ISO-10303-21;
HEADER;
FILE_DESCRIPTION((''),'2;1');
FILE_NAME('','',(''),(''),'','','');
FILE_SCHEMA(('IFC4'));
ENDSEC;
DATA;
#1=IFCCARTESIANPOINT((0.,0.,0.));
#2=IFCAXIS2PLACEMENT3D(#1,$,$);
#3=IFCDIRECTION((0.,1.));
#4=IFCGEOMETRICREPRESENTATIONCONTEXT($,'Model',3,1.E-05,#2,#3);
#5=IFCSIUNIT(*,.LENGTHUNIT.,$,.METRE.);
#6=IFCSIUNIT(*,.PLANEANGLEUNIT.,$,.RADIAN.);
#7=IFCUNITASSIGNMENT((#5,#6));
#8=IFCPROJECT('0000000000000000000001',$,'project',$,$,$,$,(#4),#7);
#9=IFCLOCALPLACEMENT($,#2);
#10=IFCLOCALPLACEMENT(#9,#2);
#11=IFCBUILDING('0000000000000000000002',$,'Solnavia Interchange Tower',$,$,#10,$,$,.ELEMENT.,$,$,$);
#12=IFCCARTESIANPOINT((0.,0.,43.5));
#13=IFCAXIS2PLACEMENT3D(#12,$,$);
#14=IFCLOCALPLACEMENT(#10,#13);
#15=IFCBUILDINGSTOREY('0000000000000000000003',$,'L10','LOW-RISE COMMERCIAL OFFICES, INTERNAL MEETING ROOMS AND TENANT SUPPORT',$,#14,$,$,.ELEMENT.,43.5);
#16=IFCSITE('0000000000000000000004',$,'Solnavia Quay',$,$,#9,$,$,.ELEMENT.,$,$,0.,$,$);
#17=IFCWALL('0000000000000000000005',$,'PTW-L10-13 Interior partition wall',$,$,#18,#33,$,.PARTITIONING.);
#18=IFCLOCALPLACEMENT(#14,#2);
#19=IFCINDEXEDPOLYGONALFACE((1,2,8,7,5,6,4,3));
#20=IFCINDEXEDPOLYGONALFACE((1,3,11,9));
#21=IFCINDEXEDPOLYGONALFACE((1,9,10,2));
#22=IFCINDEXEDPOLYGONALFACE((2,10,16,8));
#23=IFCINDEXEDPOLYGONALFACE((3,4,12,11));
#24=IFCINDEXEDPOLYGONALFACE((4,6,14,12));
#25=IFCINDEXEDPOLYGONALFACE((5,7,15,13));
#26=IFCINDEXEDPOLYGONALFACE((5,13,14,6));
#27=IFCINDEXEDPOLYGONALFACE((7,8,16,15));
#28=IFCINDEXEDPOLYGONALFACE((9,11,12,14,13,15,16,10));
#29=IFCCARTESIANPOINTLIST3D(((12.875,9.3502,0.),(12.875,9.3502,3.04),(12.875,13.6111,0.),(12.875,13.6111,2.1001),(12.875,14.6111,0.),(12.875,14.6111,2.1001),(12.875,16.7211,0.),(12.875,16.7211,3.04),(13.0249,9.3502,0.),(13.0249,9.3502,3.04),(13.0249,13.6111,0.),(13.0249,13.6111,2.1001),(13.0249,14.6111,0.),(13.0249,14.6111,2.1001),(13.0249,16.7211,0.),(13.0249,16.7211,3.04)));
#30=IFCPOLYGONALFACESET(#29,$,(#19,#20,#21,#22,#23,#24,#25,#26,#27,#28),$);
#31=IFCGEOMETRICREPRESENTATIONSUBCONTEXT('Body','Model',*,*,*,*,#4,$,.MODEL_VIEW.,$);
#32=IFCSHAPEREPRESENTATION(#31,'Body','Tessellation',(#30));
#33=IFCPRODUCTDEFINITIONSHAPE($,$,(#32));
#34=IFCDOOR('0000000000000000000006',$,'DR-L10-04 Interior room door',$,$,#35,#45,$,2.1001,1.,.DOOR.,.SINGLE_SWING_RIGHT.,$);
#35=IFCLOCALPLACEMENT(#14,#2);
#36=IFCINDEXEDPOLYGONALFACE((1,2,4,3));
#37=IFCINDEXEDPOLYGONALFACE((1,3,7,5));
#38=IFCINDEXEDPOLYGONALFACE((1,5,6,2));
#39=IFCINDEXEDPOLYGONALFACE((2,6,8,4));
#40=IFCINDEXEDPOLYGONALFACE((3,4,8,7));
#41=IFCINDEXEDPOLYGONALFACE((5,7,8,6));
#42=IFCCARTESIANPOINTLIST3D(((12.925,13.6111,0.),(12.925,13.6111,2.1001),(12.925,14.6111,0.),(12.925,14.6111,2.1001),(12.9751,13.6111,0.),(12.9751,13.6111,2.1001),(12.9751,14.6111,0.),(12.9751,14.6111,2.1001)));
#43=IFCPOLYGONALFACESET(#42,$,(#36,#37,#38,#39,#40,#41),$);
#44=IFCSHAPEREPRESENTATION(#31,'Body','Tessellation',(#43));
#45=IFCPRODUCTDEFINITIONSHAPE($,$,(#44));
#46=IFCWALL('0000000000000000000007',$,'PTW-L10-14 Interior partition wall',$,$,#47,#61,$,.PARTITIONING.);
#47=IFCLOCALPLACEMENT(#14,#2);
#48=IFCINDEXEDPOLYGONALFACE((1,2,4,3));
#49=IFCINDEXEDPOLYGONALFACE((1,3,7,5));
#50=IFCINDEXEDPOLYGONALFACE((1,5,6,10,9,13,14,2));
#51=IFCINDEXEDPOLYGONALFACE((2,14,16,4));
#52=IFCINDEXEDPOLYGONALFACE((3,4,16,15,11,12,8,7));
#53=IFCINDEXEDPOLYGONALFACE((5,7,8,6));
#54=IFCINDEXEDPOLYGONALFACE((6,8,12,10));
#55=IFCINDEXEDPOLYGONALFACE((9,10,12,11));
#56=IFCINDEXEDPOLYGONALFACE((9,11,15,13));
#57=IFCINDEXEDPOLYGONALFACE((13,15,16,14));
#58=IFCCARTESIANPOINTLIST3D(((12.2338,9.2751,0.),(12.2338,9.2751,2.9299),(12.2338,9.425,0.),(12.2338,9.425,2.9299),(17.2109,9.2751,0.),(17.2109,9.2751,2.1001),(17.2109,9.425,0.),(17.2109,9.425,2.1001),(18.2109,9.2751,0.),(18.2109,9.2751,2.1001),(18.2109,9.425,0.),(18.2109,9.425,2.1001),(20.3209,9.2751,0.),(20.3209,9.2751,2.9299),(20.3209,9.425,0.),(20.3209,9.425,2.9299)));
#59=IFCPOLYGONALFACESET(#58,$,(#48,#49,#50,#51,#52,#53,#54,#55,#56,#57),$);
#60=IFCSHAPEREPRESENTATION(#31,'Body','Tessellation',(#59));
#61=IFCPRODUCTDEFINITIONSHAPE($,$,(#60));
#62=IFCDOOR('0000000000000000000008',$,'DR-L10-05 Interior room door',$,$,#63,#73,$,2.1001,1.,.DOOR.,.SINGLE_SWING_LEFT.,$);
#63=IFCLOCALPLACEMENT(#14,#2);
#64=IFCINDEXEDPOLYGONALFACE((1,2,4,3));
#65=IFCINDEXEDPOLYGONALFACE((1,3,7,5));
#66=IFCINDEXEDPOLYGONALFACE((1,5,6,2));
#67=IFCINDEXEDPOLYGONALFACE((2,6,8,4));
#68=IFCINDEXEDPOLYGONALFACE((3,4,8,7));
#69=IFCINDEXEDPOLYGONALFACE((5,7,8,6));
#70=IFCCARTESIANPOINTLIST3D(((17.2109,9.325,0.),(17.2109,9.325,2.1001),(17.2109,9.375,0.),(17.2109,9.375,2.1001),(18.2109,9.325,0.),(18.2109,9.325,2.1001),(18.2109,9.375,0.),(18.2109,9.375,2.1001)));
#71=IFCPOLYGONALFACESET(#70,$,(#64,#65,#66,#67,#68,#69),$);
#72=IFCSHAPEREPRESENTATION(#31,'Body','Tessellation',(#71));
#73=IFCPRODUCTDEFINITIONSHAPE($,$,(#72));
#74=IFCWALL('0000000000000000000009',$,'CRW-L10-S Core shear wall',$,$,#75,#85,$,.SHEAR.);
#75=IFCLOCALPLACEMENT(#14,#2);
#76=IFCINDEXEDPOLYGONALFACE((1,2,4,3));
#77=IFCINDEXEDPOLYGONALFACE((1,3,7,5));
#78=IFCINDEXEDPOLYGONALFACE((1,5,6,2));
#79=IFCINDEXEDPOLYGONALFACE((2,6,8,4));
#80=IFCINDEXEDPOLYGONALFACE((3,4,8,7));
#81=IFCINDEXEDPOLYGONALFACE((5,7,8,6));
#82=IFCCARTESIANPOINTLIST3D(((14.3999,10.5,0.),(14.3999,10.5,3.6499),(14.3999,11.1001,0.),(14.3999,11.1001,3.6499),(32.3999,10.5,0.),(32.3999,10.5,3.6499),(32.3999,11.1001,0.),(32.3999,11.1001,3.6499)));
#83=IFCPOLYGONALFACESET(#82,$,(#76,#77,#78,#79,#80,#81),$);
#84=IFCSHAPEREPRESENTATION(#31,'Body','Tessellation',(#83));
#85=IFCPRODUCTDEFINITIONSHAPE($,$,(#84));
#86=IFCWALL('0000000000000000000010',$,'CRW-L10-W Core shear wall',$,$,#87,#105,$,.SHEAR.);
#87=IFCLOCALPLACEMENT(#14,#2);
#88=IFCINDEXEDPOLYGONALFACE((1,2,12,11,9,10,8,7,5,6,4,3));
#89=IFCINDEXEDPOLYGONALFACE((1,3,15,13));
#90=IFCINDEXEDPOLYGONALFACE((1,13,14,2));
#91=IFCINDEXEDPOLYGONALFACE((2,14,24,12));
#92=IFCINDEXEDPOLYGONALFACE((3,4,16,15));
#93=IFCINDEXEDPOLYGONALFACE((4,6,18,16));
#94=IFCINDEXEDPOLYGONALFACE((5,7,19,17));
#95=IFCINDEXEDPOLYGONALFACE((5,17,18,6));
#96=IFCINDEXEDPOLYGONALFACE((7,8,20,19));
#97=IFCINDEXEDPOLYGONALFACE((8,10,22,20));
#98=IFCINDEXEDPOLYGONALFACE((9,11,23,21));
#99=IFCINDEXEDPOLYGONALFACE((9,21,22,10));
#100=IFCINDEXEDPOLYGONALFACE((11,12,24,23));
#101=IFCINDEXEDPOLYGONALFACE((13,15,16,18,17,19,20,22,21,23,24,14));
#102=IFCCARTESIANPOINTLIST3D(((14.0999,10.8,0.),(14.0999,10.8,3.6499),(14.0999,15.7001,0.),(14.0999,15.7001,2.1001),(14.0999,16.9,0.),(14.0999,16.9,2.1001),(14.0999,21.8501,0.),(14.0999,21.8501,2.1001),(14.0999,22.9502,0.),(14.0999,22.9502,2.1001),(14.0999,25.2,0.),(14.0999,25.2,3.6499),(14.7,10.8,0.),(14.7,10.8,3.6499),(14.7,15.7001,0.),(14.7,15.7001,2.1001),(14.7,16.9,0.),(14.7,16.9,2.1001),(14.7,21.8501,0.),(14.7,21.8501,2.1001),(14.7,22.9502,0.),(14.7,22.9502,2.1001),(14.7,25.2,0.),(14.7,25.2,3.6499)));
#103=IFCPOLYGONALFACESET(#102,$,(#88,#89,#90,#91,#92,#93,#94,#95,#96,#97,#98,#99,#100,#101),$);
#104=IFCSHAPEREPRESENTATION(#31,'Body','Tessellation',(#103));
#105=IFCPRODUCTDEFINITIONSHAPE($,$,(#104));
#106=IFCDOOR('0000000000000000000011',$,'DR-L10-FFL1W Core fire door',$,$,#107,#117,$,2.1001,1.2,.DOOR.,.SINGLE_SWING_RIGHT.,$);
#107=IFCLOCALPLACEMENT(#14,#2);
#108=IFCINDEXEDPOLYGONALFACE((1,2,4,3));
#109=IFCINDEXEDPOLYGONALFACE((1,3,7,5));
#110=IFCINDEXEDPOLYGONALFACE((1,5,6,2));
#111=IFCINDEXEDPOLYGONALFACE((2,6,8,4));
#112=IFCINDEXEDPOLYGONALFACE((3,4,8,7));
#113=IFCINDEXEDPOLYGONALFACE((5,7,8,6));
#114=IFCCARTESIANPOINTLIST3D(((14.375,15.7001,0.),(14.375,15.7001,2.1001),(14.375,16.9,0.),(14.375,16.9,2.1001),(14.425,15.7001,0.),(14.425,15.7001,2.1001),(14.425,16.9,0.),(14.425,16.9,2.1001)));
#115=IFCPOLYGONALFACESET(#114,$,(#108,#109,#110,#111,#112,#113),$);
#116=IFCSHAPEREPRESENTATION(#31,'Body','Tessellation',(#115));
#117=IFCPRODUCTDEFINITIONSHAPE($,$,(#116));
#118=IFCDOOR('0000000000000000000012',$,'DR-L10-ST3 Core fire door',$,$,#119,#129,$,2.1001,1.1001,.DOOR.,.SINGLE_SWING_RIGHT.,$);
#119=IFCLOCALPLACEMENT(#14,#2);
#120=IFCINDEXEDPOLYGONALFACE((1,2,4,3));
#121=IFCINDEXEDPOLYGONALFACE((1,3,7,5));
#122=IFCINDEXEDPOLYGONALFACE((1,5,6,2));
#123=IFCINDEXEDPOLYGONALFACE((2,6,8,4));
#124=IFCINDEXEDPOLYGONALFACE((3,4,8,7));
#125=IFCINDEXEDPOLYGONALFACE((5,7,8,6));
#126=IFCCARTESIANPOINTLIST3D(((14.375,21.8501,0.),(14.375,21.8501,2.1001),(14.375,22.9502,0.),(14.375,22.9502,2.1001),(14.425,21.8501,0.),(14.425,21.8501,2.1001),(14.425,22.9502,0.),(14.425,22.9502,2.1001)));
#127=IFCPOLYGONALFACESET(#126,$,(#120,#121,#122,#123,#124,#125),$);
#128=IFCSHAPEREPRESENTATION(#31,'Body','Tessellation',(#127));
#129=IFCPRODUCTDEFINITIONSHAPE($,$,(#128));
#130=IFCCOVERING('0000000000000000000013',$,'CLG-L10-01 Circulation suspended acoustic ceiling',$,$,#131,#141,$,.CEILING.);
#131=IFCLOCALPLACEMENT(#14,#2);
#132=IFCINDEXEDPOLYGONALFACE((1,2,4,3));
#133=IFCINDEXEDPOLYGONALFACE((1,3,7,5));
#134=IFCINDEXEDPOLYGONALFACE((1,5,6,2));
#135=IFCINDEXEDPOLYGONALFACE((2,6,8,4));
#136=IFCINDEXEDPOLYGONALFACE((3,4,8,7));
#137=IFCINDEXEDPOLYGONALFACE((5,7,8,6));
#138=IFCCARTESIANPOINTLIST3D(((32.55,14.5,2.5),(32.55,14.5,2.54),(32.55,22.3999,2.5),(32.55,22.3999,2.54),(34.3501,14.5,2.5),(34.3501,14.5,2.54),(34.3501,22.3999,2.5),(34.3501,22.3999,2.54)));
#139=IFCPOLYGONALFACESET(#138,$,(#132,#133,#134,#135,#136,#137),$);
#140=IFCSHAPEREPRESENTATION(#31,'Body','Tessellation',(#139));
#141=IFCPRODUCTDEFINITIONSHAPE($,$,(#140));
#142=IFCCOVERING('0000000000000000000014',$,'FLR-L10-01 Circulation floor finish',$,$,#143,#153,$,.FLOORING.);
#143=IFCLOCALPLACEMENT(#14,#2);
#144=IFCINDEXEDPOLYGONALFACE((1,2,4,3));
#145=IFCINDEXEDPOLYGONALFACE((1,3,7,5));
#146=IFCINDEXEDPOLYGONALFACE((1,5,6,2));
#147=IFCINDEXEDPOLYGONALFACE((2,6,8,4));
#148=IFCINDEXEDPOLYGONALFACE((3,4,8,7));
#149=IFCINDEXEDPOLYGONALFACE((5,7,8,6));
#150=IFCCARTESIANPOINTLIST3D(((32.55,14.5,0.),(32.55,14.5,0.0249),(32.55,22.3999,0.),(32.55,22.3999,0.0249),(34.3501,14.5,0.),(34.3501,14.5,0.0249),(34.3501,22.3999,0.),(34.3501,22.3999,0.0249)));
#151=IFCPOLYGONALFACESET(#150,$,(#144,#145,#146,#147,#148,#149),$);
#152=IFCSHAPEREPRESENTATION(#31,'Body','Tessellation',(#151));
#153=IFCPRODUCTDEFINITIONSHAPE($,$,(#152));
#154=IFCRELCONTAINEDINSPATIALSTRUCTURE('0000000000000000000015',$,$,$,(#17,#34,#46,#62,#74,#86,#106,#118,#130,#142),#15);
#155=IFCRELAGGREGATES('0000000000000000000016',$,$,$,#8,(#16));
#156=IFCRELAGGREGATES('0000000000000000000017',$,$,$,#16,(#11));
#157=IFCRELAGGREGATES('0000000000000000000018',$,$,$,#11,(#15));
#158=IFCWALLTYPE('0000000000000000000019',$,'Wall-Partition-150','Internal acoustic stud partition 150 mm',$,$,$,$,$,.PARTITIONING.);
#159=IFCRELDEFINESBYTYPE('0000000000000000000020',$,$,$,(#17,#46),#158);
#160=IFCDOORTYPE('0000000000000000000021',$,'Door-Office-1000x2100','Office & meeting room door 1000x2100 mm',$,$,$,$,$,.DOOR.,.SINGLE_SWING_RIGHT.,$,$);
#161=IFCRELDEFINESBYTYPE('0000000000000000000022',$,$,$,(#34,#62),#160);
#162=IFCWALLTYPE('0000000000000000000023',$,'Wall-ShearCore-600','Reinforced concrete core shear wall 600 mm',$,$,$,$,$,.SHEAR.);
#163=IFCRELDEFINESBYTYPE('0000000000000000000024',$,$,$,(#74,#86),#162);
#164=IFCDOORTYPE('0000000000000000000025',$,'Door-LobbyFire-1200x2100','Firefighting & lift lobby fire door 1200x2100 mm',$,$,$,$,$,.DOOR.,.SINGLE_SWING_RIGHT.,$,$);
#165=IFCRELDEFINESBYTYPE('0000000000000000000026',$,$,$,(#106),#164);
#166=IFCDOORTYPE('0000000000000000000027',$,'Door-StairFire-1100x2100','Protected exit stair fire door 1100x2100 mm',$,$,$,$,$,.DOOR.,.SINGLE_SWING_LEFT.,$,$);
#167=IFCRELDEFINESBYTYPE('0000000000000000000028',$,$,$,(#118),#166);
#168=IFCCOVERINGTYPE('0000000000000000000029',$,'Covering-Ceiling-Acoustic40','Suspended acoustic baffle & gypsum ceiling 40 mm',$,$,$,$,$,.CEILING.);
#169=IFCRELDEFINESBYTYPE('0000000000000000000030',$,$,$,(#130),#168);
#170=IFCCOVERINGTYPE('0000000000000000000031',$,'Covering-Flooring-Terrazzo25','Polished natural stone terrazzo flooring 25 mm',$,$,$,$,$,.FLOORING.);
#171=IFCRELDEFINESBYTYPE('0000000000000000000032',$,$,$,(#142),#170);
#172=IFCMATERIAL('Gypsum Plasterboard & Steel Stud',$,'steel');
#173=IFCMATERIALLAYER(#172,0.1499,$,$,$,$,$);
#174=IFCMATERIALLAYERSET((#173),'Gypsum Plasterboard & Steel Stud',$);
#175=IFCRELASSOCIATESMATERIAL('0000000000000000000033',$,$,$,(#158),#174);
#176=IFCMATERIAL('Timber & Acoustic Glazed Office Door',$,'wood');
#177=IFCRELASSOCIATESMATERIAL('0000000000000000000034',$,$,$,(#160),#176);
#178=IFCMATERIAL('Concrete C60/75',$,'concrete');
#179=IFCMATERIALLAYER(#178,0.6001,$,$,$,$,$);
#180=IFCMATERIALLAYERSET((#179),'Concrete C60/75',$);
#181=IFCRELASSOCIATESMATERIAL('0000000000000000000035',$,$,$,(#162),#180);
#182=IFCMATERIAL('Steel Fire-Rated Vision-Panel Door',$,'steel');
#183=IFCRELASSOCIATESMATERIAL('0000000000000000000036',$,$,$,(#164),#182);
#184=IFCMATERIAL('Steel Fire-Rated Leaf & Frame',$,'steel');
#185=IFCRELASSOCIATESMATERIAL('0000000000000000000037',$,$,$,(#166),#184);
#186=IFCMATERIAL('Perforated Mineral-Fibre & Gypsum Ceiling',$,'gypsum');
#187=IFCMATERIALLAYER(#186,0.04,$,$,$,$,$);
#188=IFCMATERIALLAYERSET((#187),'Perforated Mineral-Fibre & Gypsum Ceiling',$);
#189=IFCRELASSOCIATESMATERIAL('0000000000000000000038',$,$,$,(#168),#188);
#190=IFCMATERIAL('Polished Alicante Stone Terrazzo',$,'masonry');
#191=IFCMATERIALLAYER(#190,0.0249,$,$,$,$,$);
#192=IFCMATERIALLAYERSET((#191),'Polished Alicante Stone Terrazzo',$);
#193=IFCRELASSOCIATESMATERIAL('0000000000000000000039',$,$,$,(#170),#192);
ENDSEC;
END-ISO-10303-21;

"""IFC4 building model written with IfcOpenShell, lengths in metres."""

from ifc_helpers import new_model, si_unit, direction, frame, frame_2d, origin, place, context, subcontext, project, spatial, polyline, rectangle, outline, extrude, material, layer, layer_set, type_object, element, fill, save


model = new_model("IFC4")

# Units and contexts
model_context = context("Model", 3, precision=1e-05, world=origin(), true_north=direction((0.0, 1.0)))
body_context = subcontext(model_context, "Body", "Model", "MODEL_VIEW")
ifc_project = project(units=[si_unit("LENGTHUNIT", "METRE"), si_unit("PLANEANGLEUNIT", "RADIAN")], contexts=[model_context])

# Site, building, storey
site_placement = place(None, origin())
site = spatial("IfcSite", under=ifc_project, at=site_placement, Name="Solnavia Quay", CompositionType="ELEMENT", RefElevation=0.0)
building_placement = place(site_placement, origin())
building = spatial("IfcBuilding", under=site, at=building_placement, Name="Solnavia Interchange Tower", CompositionType="ELEMENT")
storey_placement = place(building_placement, frame((0.0, 0.0, 43.5)))
storey = spatial("IfcBuildingStorey", under=building, at=storey_placement, Name="L10", Description="LOW-RISE COMMERCIAL OFFICES, INTERNAL MEETING ROOMS AND TENANT SUPPORT", CompositionType="ELEMENT", Elevation=43.5)

# Shared definitions
ifc_material_1 = material(Name="Concrete C60/75", Category="concrete")

# Shared definitions
ifc_material_2 = material(Name="Gypsum Plasterboard & Steel Stud", Category="steel")
ifc_layer_1 = layer(ifc_material_2, 0.1499)
ifc_layer_set_1 = layer_set([ifc_layer_1], Name="Gypsum Plasterboard & Steel Stud")
wall_type_1 = type_object("IfcWallType", Name="Wall-Partition-150", Description="Internal acoustic stud partition 150 mm", PredefinedType="PARTITIONING", material=ifc_layer_set_1)

# Walls, openings, doors
wall_1_placement = place(storey_placement, frame((12.95, 9.3501, 0.0), z_axis=(0.0, 0.0, 1.0), x_axis=(0.0, 1.0, 0.0)))
wall_1 = element("IfcWall", 1, at=wall_1_placement, inside=storey, type_object=wall_type_1, Name="PTW-L10-13 Interior partition wall", PredefinedType="PARTITIONING", context=body_context, shape_type="SweptSolid", body=[
    extrude(rectangle(XDim=7.3708, YDim=0.1499, at=frame_2d((3.6855, 0.0))), origin(), (0.0, 0.0, 1.0), 3.04),
])
opening_1_placement = place(wall_1_placement, frame((4.261, 0.0, 0.0)))
opening_1 = element("IfcOpeningElement", 2, at=opening_1_placement, cuts=wall_1, PredefinedType="OPENING", context=body_context, shape_type="SweptSolid", body=[
    extrude(rectangle(XDim=1.0, YDim=2.1001, at=frame_2d((0.5, 1.05))), frame((0.0, 0.085, 0.0), z_axis=(0.0, -1.0, 0.0), x_axis=(1.0, 0.0, 0.0)), (0.0, 0.0, 1.0), 0.1699),
])
ifc_material_3 = material(Name="Timber & Acoustic Glazed Office Door", Category="wood")
door_type_1 = type_object("IfcDoorType", Name="Door-Office-1000x2100", Description="Office & meeting room door 1000x2100 mm", OperationType="SINGLE_SWING_RIGHT", PredefinedType="DOOR", material=ifc_material_3)
door_1_placement = place(opening_1_placement, origin())
door_1 = element("IfcDoor", 3, at=door_1_placement, inside=storey, type_object=door_type_1, Name="DR-L10-04 Interior room door", OperationType="SINGLE_SWING_RIGHT", OverallHeight=2.1001, OverallWidth=1.0, PredefinedType="DOOR", context=body_context, shape_type="SweptSolid", body=[
    extrude(rectangle(XDim=1.0, YDim=2.1001, at=frame_2d((0.5, 1.05))), frame((0.0, 0.0249, 0.0), z_axis=(0.0, -1.0, 0.0), x_axis=(1.0, 0.0, 0.0)), (0.0, 0.0, 1.0), 0.05),
])
fill(opening_1, door_1)
wall_2_placement = place(storey_placement, frame((12.2339, 9.3501, 0.0), z_axis=(0.0, 0.0, 1.0), x_axis=(1.0, 0.0, 0.0)))
wall_2 = element("IfcWall", 4, at=wall_2_placement, inside=storey, type_object=wall_type_1, Name="PTW-L10-14 Interior partition wall", PredefinedType="PARTITIONING", context=body_context, shape_type="SweptSolid", body=[
    extrude(rectangle(XDim=8.0872, YDim=0.1499, at=frame_2d((4.0435, 0.0))), origin(), (0.0, 0.0, 1.0), 2.9299),
])
opening_2_placement = place(wall_2_placement, frame((4.9771, 0.0, 0.0)))
opening_2 = element("IfcOpeningElement", 5, at=opening_2_placement, cuts=wall_2, PredefinedType="OPENING", context=body_context, shape_type="SweptSolid", body=[
    extrude(rectangle(XDim=1.0, YDim=2.1001, at=frame_2d((0.5, 1.05))), frame((0.0, 0.085, 0.0), z_axis=(0.0, -1.0, 0.0), x_axis=(1.0, 0.0, 0.0)), (0.0, 0.0, 1.0), 0.1699),
])
door_2_placement = place(opening_2_placement, origin())
door_2 = element("IfcDoor", 6, at=door_2_placement, inside=storey, type_object=door_type_1, Name="DR-L10-05 Interior room door", OperationType="SINGLE_SWING_LEFT", OverallHeight=2.1001, OverallWidth=1.0, PredefinedType="DOOR", context=body_context, shape_type="SweptSolid", body=[
    extrude(rectangle(XDim=1.0, YDim=2.1001, at=frame_2d((0.5, 1.05))), frame((0.0, 0.0249, 0.0), z_axis=(0.0, -1.0, 0.0), x_axis=(1.0, 0.0, 0.0)), (0.0, 0.0, 1.0), 0.05),
])
fill(opening_2, door_2)

# Wall
ifc_layer_2 = layer(ifc_material_1, 0.6001)
ifc_layer_set_2 = layer_set([ifc_layer_2], Name="Concrete C60/75")
wall_type_2 = type_object("IfcWallType", Name="Wall-ShearCore-600", Description="Reinforced concrete core shear wall 600 mm", PredefinedType="SHEAR", material=ifc_layer_set_2)
wall_3_placement = place(storey_placement, frame((14.3999, 10.8, 0.0), z_axis=(0.0, 0.0, 1.0), x_axis=(1.0, 0.0, 0.0)))
element("IfcWall", 7, at=wall_3_placement, inside=storey, type_object=wall_type_2, Name="CRW-L10-S Core shear wall", PredefinedType="SHEAR", context=body_context, shape_type="SweptSolid", body=[
    extrude(rectangle(XDim=18.0, YDim=0.6001, at=frame_2d((9.0, 0.0))), origin(), (0.0, 0.0, 1.0), 3.6499),
])

# Wall, openings, doors
wall_4_placement = place(storey_placement, frame((14.3999, 10.8, 0.0), z_axis=(0.0, 0.0, 1.0), x_axis=(0.0, 1.0, 0.0)))
wall_4 = element("IfcWall", 8, at=wall_4_placement, inside=storey, type_object=wall_type_2, Name="CRW-L10-W Core shear wall", PredefinedType="SHEAR", context=body_context, shape_type="SweptSolid", body=[
    extrude(rectangle(XDim=14.3999, YDim=0.6001, at=frame_2d((7.2, 0.0))), origin(), (0.0, 0.0, 1.0), 3.6499),
])
opening_3_placement = place(wall_4_placement, frame((11.05, 0.0, 0.0)))
opening_3 = element("IfcOpeningElement", 9, at=opening_3_placement, cuts=wall_4, PredefinedType="OPENING", context=body_context, shape_type="SweptSolid", body=[
    extrude(rectangle(XDim=1.1001, YDim=2.1001, at=frame_2d((0.55, 1.05))), frame((0.0, 0.3101, 0.0), z_axis=(0.0, -1.0, 0.0), x_axis=(1.0, 0.0, 0.0)), (0.0, 0.0, 1.0), 0.6201),
])
opening_4_placement = place(wall_4_placement, frame((4.8999, 0.0, 0.0)))
opening_4 = element("IfcOpeningElement", 10, at=opening_4_placement, cuts=wall_4, PredefinedType="OPENING", context=body_context, shape_type="SweptSolid", body=[
    extrude(rectangle(XDim=1.2, YDim=2.1001, at=frame_2d((0.6001, 1.05))), frame((0.0, 0.3101, 0.0), z_axis=(0.0, -1.0, 0.0), x_axis=(1.0, 0.0, 0.0)), (0.0, 0.0, 1.0), 0.6201),
])
ifc_material_4 = material(Name="Steel Fire-Rated Vision-Panel Door", Category="steel")
door_type_2 = type_object("IfcDoorType", Name="Door-LobbyFire-1200x2100", Description="Firefighting & lift lobby fire door 1200x2100 mm", OperationType="SINGLE_SWING_RIGHT", PredefinedType="DOOR", material=ifc_material_4)
door_3_placement = place(opening_4_placement, origin())
door_3 = element("IfcDoor", 11, at=door_3_placement, inside=storey, type_object=door_type_2, Name="DR-L10-FFL1W Core fire door", OperationType="SINGLE_SWING_RIGHT", OverallHeight=2.1001, OverallWidth=1.2, PredefinedType="DOOR", context=body_context, shape_type="SweptSolid", body=[
    extrude(rectangle(XDim=1.2, YDim=2.1001, at=frame_2d((0.6001, 1.05))), frame((0.0, 0.0249, 0.0), z_axis=(0.0, -1.0, 0.0), x_axis=(1.0, 0.0, 0.0)), (0.0, 0.0, 1.0), 0.05),
])
fill(opening_4, door_3)
ifc_material_5 = material(Name="Steel Fire-Rated Leaf & Frame", Category="steel")
door_type_3 = type_object("IfcDoorType", Name="Door-StairFire-1100x2100", Description="Protected exit stair fire door 1100x2100 mm", OperationType="SINGLE_SWING_LEFT", PredefinedType="DOOR", material=ifc_material_5)
door_4_placement = place(opening_3_placement, origin())
door_4 = element("IfcDoor", 12, at=door_4_placement, inside=storey, type_object=door_type_3, Name="DR-L10-ST3 Core fire door", OperationType="SINGLE_SWING_RIGHT", OverallHeight=2.1001, OverallWidth=1.1001, PredefinedType="DOOR", context=body_context, shape_type="SweptSolid", body=[
    extrude(rectangle(XDim=1.1001, YDim=2.1001, at=frame_2d((0.55, 1.05))), frame((0.0, 0.0249, 0.0), z_axis=(0.0, -1.0, 0.0), x_axis=(1.0, 0.0, 0.0)), (0.0, 0.0, 1.0), 0.05),
])
fill(opening_3, door_4)

# Coverings
ifc_material_6 = material(Name="Perforated Mineral-Fibre & Gypsum Ceiling", Category="gypsum")
ifc_layer_3 = layer(ifc_material_6, 0.04)
ifc_layer_set_3 = layer_set([ifc_layer_3], Name="Perforated Mineral-Fibre & Gypsum Ceiling")
covering_type_1 = type_object("IfcCoveringType", Name="Covering-Ceiling-Acoustic40", Description="Suspended acoustic baffle & gypsum ceiling 40 mm", PredefinedType="CEILING", material=ifc_layer_set_3)
covering_1_placement = place(storey_placement, frame((0.0, 0.0, 2.5)))
element("IfcCovering", 13, at=covering_1_placement, inside=storey, type_object=covering_type_1, Name="CLG-L10-01 Circulation suspended acoustic ceiling", PredefinedType="CEILING", context=body_context, shape_type="SweptSolid", body=[
    extrude(outline(polyline([(32.55, 14.5), (34.3501, 14.5), (34.3501, 22.3999), (32.55, 22.3999), (32.55, 14.5)])), origin(), (0.0, 0.0, 1.0), 0.04),
])
ifc_material_7 = material(Name="Polished Alicante Stone Terrazzo", Category="masonry")
ifc_layer_4 = layer(ifc_material_7, 0.0249)
ifc_layer_set_4 = layer_set([ifc_layer_4], Name="Polished Alicante Stone Terrazzo")
covering_type_2 = type_object("IfcCoveringType", Name="Covering-Flooring-Terrazzo25", Description="Polished natural stone terrazzo flooring 25 mm", PredefinedType="FLOORING", material=ifc_layer_set_4)
covering_2_placement = place(storey_placement, origin())
element("IfcCovering", 14, at=covering_2_placement, inside=storey, type_object=covering_type_2, Name="FLR-L10-01 Circulation floor finish", PredefinedType="FLOORING", context=body_context, shape_type="SweptSolid", body=[
    extrude(outline(polyline([(32.55, 14.5), (34.3501, 14.5), (34.3501, 22.3999), (32.55, 22.3999), (32.55, 14.5)])), origin(), (0.0, 0.0, 1.0), 0.0249),
])

save(model, "model.ifc")
